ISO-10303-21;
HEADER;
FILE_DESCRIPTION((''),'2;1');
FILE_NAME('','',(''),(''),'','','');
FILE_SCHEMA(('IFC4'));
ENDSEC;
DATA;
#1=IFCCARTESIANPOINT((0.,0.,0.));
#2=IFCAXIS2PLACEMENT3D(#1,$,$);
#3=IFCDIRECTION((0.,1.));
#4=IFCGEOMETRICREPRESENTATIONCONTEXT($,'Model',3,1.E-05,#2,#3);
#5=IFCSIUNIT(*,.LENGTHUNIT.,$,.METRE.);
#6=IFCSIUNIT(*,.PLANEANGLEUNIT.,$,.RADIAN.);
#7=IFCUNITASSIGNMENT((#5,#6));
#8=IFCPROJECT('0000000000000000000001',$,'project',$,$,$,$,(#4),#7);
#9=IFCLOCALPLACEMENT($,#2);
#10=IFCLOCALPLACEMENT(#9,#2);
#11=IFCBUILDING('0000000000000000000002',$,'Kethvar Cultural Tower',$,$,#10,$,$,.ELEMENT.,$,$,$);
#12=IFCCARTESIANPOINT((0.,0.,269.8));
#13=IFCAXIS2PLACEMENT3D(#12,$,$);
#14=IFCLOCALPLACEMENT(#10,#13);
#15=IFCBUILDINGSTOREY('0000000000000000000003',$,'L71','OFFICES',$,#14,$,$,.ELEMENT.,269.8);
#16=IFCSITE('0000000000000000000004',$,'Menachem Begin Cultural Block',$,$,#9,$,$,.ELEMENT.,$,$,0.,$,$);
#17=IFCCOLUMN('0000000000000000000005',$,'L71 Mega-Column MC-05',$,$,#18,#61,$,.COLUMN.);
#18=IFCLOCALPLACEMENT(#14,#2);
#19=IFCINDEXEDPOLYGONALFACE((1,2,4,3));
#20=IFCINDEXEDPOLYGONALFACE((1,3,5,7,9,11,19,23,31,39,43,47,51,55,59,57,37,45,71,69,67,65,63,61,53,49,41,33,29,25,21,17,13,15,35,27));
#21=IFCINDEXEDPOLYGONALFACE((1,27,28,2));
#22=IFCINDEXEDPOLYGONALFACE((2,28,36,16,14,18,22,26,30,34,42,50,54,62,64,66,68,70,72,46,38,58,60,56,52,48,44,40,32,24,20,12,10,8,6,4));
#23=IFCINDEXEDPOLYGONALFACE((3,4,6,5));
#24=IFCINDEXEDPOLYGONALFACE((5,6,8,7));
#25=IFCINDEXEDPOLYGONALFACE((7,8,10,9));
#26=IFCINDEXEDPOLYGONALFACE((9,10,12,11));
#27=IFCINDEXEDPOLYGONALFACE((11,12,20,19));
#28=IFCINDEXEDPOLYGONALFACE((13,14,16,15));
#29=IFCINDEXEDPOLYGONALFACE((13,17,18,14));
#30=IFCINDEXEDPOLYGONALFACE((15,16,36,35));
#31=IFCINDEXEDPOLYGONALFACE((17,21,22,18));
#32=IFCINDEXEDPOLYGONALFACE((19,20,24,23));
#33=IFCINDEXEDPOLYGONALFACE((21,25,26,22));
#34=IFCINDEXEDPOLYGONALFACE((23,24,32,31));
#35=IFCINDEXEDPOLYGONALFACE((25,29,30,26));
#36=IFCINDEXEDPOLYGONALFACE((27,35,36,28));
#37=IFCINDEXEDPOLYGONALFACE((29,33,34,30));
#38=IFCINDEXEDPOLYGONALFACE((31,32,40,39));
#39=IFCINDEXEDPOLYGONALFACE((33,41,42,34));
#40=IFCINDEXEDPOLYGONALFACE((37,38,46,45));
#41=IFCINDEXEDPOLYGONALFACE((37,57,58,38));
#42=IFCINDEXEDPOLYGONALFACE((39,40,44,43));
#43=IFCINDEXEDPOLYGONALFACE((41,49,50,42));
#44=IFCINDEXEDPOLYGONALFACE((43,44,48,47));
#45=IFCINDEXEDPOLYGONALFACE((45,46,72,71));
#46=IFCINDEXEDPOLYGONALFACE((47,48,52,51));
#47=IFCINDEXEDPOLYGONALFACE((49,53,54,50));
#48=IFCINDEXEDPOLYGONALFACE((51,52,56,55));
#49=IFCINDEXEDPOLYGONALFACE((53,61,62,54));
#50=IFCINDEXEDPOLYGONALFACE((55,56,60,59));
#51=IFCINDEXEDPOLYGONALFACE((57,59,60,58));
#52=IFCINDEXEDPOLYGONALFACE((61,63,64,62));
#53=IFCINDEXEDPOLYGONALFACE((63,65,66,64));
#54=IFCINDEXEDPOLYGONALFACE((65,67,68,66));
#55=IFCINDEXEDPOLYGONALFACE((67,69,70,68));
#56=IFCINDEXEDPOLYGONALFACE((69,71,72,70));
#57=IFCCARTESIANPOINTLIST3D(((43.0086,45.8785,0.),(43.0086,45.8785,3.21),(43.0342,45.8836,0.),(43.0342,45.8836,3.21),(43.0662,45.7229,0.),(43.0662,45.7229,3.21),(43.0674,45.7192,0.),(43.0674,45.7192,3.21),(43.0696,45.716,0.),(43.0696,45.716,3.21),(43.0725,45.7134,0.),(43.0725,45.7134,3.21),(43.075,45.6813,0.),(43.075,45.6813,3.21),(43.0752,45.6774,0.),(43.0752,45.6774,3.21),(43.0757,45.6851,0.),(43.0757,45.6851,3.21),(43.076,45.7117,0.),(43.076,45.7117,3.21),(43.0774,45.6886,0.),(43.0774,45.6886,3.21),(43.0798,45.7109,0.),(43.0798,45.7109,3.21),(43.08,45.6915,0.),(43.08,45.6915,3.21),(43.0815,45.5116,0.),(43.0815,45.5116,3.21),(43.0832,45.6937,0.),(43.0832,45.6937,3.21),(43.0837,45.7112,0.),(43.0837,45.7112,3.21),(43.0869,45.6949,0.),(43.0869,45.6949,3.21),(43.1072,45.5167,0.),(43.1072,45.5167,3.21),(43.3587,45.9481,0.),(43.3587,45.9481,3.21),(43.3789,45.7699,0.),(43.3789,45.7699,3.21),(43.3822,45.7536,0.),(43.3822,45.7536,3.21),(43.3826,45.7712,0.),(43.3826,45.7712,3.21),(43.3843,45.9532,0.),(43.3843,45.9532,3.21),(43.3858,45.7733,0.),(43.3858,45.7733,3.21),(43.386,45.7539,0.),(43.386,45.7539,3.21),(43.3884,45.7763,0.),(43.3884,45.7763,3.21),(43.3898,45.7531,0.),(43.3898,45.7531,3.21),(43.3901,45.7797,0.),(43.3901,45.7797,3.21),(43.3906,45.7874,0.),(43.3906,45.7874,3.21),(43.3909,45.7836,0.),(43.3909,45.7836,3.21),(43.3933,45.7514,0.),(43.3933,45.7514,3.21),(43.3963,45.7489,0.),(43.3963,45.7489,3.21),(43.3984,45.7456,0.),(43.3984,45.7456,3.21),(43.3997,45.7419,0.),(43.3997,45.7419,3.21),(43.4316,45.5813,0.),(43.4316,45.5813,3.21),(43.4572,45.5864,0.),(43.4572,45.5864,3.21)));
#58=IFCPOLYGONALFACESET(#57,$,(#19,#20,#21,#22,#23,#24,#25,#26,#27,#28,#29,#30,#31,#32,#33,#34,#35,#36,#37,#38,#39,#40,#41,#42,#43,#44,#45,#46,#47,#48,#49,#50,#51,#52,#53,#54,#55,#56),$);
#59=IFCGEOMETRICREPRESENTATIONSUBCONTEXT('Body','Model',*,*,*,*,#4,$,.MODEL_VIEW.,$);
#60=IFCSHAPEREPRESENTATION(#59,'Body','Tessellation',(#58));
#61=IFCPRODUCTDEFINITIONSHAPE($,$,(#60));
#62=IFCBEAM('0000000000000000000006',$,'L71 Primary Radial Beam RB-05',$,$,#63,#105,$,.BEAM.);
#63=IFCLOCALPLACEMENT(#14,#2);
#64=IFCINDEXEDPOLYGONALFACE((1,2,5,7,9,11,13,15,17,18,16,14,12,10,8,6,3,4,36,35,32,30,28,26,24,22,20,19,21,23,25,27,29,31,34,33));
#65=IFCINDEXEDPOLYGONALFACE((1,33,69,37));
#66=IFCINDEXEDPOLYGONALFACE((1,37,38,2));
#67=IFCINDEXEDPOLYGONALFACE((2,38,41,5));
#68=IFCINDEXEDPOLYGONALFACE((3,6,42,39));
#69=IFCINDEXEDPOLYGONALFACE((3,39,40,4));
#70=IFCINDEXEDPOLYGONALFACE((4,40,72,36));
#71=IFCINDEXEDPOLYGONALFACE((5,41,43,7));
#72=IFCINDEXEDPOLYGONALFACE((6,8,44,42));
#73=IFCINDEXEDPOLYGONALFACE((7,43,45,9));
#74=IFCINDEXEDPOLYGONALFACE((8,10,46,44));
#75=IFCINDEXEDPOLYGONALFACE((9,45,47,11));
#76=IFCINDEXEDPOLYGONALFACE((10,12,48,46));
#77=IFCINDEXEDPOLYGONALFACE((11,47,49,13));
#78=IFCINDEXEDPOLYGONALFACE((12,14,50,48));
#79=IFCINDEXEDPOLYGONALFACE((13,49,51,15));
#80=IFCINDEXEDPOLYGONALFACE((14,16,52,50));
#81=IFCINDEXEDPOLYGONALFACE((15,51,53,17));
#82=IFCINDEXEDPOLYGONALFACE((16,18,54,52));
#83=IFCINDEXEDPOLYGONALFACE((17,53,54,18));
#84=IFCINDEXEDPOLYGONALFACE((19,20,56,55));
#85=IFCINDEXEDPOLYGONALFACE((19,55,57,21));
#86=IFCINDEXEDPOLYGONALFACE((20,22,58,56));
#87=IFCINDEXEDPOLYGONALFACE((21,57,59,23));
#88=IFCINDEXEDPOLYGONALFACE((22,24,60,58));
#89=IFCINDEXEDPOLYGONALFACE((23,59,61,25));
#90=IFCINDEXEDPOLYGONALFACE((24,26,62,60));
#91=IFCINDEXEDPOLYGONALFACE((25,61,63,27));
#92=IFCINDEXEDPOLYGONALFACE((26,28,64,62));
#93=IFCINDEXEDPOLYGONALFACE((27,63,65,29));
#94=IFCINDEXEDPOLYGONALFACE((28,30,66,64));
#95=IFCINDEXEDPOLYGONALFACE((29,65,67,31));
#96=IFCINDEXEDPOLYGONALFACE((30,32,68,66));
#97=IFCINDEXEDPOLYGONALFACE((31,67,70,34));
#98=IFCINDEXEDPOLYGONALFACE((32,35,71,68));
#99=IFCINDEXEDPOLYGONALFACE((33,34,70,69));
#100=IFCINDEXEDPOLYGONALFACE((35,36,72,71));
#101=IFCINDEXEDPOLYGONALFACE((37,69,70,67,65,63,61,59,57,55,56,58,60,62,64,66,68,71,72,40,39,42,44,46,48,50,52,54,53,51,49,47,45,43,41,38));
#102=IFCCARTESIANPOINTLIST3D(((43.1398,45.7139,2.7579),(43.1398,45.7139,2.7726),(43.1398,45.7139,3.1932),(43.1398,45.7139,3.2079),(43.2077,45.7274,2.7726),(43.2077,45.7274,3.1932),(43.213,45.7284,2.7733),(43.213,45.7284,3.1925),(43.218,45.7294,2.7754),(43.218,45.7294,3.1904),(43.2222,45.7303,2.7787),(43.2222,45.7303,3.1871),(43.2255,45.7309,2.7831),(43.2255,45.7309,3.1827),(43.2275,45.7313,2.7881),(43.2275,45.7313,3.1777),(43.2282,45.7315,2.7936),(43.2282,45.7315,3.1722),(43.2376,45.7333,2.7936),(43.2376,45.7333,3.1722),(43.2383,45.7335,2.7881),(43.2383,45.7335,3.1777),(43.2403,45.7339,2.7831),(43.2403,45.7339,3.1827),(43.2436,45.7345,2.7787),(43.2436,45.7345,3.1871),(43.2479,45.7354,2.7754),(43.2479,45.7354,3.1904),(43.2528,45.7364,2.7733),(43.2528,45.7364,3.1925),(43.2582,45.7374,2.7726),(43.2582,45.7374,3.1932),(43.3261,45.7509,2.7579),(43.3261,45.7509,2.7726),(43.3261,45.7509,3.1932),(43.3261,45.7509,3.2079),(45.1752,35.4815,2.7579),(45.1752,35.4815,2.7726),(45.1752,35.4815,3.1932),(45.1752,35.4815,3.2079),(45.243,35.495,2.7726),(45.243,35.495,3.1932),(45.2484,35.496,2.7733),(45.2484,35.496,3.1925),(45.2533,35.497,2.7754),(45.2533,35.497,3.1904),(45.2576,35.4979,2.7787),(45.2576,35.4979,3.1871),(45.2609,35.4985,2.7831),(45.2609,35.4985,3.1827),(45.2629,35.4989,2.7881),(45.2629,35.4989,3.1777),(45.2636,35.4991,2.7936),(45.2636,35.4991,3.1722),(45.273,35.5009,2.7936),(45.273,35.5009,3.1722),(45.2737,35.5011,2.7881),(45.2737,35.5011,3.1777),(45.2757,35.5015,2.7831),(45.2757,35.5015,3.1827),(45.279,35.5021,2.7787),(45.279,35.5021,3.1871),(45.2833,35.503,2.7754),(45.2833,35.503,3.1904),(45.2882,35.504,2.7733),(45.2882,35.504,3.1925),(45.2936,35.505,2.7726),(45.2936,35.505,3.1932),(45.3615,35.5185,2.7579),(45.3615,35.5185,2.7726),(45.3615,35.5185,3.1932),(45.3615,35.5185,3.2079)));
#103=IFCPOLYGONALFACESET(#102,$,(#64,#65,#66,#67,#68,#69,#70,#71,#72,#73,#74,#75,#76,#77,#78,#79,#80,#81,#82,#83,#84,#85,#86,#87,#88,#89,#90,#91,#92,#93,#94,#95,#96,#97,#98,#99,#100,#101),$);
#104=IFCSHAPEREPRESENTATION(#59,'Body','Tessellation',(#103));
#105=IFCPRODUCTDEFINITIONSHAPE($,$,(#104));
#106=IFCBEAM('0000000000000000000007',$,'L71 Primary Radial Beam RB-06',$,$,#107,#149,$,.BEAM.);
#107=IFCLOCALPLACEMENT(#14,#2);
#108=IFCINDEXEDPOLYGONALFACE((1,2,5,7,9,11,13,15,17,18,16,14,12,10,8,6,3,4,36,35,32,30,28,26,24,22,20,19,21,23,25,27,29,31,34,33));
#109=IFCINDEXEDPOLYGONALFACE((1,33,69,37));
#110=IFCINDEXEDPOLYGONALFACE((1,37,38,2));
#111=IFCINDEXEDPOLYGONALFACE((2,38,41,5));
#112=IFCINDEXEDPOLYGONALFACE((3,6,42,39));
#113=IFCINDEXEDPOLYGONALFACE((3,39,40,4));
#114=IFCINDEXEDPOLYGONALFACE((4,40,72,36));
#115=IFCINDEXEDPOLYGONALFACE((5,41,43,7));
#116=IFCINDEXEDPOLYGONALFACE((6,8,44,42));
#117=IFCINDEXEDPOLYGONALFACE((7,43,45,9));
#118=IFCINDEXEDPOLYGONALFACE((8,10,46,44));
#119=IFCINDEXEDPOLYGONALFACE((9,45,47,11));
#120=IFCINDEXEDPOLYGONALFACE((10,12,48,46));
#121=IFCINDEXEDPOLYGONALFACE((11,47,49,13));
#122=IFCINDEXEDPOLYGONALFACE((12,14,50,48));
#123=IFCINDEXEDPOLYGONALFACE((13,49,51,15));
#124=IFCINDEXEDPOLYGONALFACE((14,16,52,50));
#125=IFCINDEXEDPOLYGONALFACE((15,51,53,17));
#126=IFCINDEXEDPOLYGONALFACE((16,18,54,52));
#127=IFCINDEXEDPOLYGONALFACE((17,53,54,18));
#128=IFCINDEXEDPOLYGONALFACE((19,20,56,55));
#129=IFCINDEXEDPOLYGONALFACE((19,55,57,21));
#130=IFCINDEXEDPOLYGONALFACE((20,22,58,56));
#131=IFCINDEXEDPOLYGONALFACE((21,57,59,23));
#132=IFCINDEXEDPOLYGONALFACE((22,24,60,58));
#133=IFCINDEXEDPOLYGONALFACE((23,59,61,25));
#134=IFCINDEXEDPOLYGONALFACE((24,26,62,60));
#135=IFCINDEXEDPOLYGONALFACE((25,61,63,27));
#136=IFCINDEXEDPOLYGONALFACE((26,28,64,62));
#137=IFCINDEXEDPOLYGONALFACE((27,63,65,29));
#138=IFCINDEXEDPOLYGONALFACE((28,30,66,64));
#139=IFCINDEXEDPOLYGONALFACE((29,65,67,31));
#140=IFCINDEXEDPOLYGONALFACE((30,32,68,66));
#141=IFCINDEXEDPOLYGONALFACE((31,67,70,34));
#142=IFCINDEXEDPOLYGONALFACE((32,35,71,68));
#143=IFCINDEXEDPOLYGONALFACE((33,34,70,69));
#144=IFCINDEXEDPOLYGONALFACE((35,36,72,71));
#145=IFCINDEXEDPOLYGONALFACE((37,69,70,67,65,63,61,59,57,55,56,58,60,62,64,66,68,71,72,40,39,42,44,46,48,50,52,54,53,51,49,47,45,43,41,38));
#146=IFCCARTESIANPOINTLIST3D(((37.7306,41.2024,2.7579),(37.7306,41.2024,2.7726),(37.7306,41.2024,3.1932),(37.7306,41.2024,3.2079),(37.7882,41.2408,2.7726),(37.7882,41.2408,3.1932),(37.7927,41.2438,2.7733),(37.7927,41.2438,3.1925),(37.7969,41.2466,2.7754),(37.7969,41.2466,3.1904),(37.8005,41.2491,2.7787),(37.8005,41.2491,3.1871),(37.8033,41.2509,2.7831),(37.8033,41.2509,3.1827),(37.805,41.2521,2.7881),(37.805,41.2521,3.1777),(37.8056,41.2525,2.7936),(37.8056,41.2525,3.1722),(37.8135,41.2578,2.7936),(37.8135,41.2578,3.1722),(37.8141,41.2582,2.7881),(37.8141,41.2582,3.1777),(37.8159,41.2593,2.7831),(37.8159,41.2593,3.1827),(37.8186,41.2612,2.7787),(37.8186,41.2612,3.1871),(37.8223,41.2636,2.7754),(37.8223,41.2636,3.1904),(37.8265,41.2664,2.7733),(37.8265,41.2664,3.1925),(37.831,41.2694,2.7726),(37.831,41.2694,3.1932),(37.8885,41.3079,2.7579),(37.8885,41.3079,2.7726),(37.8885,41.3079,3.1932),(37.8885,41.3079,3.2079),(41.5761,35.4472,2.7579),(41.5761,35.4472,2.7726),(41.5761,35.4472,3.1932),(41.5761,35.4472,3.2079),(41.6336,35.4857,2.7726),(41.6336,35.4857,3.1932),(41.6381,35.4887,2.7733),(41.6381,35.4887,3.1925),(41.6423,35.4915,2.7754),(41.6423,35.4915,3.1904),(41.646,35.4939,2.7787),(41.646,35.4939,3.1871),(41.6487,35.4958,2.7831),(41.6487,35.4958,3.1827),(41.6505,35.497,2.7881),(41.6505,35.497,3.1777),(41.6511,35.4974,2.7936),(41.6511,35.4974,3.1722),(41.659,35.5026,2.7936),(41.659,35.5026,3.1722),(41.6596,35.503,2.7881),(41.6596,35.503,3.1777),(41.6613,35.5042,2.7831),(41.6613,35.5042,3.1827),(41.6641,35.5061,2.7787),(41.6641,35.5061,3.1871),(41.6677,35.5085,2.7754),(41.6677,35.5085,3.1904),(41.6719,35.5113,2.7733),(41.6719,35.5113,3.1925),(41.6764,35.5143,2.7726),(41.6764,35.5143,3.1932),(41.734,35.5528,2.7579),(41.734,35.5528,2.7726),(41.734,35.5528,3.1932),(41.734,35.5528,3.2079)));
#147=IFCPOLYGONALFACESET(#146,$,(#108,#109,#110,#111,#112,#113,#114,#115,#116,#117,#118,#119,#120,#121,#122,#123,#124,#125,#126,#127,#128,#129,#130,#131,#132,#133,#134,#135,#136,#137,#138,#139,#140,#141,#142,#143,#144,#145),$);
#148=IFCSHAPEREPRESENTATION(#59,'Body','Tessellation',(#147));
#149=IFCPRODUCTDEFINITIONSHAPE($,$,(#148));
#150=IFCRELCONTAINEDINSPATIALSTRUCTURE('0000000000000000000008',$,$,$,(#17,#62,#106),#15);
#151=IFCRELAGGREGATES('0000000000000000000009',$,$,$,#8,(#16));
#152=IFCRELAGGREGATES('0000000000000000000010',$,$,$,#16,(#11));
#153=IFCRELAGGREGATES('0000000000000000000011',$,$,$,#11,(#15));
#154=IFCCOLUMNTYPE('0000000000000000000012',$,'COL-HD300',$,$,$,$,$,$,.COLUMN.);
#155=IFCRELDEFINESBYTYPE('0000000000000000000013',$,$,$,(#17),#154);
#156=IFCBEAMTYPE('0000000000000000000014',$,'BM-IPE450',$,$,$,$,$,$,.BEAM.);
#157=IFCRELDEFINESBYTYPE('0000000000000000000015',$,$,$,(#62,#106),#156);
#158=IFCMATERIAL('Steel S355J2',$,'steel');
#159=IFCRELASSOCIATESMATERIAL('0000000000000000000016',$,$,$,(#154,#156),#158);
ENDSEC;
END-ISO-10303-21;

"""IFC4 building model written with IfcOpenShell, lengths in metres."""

from ifc_helpers import new_model, si_unit, direction, frame, origin, origin_2d, place, context, subcontext, project, spatial, i_section, extrude, source, transform, mapped, material, material_profile, profile_set, type_object, element, save


model = new_model("IFC4")

# Units and contexts
model_context = context("Model", 3, precision=1e-05, world=origin(), true_north=direction((0.0, 1.0)))
body_context = subcontext(model_context, "Body", "Model", "MODEL_VIEW")
ifc_project = project(units=[si_unit("LENGTHUNIT", "METRE"), si_unit("PLANEANGLEUNIT", "RADIAN")], contexts=[model_context])

# Site, building, storey
site_placement = place(None, origin())
site = spatial("IfcSite", under=ifc_project, at=site_placement, Name="Menachem Begin Cultural Block", CompositionType="ELEMENT", RefElevation=0.0)
building_placement = place(site_placement, origin())
building = spatial("IfcBuilding", under=site, at=building_placement, Name="Kethvar Cultural Tower", CompositionType="ELEMENT")
storey_placement = place(building_placement, frame((0.0, 0.0, 269.8)))
storey = spatial("IfcBuildingStorey", under=building, at=storey_placement, Name="L71", Description="OFFICES", CompositionType="ELEMENT", Elevation=269.8)

# Column
ifc_material_1 = material(Name="Steel S355J2", Category="steel")
ifc_material_profile_1 = material_profile(ifc_material_1, i_section(OverallWidth=0.374, OverallDepth=0.3831, WebThickness=0.0166, FlangeThickness=0.0261, FilletRadius=0.0149, at=origin_2d()), Name="Steel S355J2 — HD360x300")
ifc_profile_set_1 = profile_set([ifc_material_profile_1], Name="Steel S355J2 — HD360x300")
column_type = type_object("IfcColumnType", Name="COL-HD300", PredefinedType="COLUMN", material=ifc_profile_set_1)
shared_shape_1 = source(origin(), body_context, "Body", "SweptSolid", [
    extrude(i_section(OverallWidth=0.374, OverallDepth=0.3831, WebThickness=0.0166, FlangeThickness=0.0261, FilletRadius=0.0149, at=origin_2d()), origin(), (0.0, 0.0, 1.0), 3.21),
])
column_placement = place(storey_placement, frame((43.2329, 45.7324, 0.0), z_axis=(0.0, 0.0, 1.0), x_axis=(-0.19509, 0.980785, 0.0)))
element("IfcColumn", 1, at=column_placement, inside=storey, type_object=column_type, Name="L71 Mega-Column MC-05", PredefinedType="COLUMN", context=body_context, shape_type="MappedRepresentation", body=[
    mapped(shared_shape_1, transform((0.0, 0.0, 0.0), scale=1.0)),
])

# Beams
ifc_material_profile_2 = material_profile(ifc_material_1, i_section(OverallWidth=0.1899, OverallDepth=0.45, WebThickness=0.0095, FlangeThickness=0.0146, FilletRadius=0.021, at=origin_2d()), Name="Steel S355J2 — IPE450")
ifc_profile_set_2 = profile_set([ifc_material_profile_2], Name="Steel S355J2 — IPE450")
beam_type_1 = type_object("IfcBeamType", Name="BM-IPE450", PredefinedType="BEAM", material=ifc_profile_set_2)
shared_shape_2 = source(origin(), body_context, "Body", "SweptSolid", [
    extrude(i_section(OverallWidth=0.1899, OverallDepth=0.45, WebThickness=0.0095, FlangeThickness=0.0146, FilletRadius=0.021, at=origin_2d()), origin(), (0.0, 0.0, 1.0), 10.4329),
])
beam_1_placement = place(storey_placement, frame((45.2683, 35.5, 2.9829), z_axis=(-0.195094, 0.980784, 0.0), x_axis=(-0.980784, -0.195094, 0.0)))
element("IfcBeam", 2, at=beam_1_placement, inside=storey, type_object=beam_type_1, Name="L71 Primary Radial Beam RB-05", PredefinedType="BEAM", context=body_context, shape_type="MappedRepresentation", body=[
    mapped(shared_shape_2, transform((0.0, 0.0, 0.0), scale=1.0)),
])
shared_shape_3 = source(origin(), body_context, "Body", "SweptSolid", [
    extrude(i_section(OverallWidth=0.1899, OverallDepth=0.45, WebThickness=0.0095, FlangeThickness=0.0146, FilletRadius=0.021, at=origin_2d()), origin(), (0.0, 0.0, 1.0), 6.9216),
])
beam_2_placement = place(storey_placement, frame((41.655, 35.5, 2.9829), z_axis=(-0.555571, 0.831469, 0.0), x_axis=(-0.831469, -0.555571, 0.0)))
element("IfcBeam", 3, at=beam_2_placement, inside=storey, type_object=beam_type_1, Name="L71 Primary Radial Beam RB-06", PredefinedType="BEAM", context=body_context, shape_type="MappedRepresentation", body=[
    mapped(shared_shape_3, transform((0.0, 0.0, 0.0), scale=1.0)),
])

save(model, "model.ifc")
